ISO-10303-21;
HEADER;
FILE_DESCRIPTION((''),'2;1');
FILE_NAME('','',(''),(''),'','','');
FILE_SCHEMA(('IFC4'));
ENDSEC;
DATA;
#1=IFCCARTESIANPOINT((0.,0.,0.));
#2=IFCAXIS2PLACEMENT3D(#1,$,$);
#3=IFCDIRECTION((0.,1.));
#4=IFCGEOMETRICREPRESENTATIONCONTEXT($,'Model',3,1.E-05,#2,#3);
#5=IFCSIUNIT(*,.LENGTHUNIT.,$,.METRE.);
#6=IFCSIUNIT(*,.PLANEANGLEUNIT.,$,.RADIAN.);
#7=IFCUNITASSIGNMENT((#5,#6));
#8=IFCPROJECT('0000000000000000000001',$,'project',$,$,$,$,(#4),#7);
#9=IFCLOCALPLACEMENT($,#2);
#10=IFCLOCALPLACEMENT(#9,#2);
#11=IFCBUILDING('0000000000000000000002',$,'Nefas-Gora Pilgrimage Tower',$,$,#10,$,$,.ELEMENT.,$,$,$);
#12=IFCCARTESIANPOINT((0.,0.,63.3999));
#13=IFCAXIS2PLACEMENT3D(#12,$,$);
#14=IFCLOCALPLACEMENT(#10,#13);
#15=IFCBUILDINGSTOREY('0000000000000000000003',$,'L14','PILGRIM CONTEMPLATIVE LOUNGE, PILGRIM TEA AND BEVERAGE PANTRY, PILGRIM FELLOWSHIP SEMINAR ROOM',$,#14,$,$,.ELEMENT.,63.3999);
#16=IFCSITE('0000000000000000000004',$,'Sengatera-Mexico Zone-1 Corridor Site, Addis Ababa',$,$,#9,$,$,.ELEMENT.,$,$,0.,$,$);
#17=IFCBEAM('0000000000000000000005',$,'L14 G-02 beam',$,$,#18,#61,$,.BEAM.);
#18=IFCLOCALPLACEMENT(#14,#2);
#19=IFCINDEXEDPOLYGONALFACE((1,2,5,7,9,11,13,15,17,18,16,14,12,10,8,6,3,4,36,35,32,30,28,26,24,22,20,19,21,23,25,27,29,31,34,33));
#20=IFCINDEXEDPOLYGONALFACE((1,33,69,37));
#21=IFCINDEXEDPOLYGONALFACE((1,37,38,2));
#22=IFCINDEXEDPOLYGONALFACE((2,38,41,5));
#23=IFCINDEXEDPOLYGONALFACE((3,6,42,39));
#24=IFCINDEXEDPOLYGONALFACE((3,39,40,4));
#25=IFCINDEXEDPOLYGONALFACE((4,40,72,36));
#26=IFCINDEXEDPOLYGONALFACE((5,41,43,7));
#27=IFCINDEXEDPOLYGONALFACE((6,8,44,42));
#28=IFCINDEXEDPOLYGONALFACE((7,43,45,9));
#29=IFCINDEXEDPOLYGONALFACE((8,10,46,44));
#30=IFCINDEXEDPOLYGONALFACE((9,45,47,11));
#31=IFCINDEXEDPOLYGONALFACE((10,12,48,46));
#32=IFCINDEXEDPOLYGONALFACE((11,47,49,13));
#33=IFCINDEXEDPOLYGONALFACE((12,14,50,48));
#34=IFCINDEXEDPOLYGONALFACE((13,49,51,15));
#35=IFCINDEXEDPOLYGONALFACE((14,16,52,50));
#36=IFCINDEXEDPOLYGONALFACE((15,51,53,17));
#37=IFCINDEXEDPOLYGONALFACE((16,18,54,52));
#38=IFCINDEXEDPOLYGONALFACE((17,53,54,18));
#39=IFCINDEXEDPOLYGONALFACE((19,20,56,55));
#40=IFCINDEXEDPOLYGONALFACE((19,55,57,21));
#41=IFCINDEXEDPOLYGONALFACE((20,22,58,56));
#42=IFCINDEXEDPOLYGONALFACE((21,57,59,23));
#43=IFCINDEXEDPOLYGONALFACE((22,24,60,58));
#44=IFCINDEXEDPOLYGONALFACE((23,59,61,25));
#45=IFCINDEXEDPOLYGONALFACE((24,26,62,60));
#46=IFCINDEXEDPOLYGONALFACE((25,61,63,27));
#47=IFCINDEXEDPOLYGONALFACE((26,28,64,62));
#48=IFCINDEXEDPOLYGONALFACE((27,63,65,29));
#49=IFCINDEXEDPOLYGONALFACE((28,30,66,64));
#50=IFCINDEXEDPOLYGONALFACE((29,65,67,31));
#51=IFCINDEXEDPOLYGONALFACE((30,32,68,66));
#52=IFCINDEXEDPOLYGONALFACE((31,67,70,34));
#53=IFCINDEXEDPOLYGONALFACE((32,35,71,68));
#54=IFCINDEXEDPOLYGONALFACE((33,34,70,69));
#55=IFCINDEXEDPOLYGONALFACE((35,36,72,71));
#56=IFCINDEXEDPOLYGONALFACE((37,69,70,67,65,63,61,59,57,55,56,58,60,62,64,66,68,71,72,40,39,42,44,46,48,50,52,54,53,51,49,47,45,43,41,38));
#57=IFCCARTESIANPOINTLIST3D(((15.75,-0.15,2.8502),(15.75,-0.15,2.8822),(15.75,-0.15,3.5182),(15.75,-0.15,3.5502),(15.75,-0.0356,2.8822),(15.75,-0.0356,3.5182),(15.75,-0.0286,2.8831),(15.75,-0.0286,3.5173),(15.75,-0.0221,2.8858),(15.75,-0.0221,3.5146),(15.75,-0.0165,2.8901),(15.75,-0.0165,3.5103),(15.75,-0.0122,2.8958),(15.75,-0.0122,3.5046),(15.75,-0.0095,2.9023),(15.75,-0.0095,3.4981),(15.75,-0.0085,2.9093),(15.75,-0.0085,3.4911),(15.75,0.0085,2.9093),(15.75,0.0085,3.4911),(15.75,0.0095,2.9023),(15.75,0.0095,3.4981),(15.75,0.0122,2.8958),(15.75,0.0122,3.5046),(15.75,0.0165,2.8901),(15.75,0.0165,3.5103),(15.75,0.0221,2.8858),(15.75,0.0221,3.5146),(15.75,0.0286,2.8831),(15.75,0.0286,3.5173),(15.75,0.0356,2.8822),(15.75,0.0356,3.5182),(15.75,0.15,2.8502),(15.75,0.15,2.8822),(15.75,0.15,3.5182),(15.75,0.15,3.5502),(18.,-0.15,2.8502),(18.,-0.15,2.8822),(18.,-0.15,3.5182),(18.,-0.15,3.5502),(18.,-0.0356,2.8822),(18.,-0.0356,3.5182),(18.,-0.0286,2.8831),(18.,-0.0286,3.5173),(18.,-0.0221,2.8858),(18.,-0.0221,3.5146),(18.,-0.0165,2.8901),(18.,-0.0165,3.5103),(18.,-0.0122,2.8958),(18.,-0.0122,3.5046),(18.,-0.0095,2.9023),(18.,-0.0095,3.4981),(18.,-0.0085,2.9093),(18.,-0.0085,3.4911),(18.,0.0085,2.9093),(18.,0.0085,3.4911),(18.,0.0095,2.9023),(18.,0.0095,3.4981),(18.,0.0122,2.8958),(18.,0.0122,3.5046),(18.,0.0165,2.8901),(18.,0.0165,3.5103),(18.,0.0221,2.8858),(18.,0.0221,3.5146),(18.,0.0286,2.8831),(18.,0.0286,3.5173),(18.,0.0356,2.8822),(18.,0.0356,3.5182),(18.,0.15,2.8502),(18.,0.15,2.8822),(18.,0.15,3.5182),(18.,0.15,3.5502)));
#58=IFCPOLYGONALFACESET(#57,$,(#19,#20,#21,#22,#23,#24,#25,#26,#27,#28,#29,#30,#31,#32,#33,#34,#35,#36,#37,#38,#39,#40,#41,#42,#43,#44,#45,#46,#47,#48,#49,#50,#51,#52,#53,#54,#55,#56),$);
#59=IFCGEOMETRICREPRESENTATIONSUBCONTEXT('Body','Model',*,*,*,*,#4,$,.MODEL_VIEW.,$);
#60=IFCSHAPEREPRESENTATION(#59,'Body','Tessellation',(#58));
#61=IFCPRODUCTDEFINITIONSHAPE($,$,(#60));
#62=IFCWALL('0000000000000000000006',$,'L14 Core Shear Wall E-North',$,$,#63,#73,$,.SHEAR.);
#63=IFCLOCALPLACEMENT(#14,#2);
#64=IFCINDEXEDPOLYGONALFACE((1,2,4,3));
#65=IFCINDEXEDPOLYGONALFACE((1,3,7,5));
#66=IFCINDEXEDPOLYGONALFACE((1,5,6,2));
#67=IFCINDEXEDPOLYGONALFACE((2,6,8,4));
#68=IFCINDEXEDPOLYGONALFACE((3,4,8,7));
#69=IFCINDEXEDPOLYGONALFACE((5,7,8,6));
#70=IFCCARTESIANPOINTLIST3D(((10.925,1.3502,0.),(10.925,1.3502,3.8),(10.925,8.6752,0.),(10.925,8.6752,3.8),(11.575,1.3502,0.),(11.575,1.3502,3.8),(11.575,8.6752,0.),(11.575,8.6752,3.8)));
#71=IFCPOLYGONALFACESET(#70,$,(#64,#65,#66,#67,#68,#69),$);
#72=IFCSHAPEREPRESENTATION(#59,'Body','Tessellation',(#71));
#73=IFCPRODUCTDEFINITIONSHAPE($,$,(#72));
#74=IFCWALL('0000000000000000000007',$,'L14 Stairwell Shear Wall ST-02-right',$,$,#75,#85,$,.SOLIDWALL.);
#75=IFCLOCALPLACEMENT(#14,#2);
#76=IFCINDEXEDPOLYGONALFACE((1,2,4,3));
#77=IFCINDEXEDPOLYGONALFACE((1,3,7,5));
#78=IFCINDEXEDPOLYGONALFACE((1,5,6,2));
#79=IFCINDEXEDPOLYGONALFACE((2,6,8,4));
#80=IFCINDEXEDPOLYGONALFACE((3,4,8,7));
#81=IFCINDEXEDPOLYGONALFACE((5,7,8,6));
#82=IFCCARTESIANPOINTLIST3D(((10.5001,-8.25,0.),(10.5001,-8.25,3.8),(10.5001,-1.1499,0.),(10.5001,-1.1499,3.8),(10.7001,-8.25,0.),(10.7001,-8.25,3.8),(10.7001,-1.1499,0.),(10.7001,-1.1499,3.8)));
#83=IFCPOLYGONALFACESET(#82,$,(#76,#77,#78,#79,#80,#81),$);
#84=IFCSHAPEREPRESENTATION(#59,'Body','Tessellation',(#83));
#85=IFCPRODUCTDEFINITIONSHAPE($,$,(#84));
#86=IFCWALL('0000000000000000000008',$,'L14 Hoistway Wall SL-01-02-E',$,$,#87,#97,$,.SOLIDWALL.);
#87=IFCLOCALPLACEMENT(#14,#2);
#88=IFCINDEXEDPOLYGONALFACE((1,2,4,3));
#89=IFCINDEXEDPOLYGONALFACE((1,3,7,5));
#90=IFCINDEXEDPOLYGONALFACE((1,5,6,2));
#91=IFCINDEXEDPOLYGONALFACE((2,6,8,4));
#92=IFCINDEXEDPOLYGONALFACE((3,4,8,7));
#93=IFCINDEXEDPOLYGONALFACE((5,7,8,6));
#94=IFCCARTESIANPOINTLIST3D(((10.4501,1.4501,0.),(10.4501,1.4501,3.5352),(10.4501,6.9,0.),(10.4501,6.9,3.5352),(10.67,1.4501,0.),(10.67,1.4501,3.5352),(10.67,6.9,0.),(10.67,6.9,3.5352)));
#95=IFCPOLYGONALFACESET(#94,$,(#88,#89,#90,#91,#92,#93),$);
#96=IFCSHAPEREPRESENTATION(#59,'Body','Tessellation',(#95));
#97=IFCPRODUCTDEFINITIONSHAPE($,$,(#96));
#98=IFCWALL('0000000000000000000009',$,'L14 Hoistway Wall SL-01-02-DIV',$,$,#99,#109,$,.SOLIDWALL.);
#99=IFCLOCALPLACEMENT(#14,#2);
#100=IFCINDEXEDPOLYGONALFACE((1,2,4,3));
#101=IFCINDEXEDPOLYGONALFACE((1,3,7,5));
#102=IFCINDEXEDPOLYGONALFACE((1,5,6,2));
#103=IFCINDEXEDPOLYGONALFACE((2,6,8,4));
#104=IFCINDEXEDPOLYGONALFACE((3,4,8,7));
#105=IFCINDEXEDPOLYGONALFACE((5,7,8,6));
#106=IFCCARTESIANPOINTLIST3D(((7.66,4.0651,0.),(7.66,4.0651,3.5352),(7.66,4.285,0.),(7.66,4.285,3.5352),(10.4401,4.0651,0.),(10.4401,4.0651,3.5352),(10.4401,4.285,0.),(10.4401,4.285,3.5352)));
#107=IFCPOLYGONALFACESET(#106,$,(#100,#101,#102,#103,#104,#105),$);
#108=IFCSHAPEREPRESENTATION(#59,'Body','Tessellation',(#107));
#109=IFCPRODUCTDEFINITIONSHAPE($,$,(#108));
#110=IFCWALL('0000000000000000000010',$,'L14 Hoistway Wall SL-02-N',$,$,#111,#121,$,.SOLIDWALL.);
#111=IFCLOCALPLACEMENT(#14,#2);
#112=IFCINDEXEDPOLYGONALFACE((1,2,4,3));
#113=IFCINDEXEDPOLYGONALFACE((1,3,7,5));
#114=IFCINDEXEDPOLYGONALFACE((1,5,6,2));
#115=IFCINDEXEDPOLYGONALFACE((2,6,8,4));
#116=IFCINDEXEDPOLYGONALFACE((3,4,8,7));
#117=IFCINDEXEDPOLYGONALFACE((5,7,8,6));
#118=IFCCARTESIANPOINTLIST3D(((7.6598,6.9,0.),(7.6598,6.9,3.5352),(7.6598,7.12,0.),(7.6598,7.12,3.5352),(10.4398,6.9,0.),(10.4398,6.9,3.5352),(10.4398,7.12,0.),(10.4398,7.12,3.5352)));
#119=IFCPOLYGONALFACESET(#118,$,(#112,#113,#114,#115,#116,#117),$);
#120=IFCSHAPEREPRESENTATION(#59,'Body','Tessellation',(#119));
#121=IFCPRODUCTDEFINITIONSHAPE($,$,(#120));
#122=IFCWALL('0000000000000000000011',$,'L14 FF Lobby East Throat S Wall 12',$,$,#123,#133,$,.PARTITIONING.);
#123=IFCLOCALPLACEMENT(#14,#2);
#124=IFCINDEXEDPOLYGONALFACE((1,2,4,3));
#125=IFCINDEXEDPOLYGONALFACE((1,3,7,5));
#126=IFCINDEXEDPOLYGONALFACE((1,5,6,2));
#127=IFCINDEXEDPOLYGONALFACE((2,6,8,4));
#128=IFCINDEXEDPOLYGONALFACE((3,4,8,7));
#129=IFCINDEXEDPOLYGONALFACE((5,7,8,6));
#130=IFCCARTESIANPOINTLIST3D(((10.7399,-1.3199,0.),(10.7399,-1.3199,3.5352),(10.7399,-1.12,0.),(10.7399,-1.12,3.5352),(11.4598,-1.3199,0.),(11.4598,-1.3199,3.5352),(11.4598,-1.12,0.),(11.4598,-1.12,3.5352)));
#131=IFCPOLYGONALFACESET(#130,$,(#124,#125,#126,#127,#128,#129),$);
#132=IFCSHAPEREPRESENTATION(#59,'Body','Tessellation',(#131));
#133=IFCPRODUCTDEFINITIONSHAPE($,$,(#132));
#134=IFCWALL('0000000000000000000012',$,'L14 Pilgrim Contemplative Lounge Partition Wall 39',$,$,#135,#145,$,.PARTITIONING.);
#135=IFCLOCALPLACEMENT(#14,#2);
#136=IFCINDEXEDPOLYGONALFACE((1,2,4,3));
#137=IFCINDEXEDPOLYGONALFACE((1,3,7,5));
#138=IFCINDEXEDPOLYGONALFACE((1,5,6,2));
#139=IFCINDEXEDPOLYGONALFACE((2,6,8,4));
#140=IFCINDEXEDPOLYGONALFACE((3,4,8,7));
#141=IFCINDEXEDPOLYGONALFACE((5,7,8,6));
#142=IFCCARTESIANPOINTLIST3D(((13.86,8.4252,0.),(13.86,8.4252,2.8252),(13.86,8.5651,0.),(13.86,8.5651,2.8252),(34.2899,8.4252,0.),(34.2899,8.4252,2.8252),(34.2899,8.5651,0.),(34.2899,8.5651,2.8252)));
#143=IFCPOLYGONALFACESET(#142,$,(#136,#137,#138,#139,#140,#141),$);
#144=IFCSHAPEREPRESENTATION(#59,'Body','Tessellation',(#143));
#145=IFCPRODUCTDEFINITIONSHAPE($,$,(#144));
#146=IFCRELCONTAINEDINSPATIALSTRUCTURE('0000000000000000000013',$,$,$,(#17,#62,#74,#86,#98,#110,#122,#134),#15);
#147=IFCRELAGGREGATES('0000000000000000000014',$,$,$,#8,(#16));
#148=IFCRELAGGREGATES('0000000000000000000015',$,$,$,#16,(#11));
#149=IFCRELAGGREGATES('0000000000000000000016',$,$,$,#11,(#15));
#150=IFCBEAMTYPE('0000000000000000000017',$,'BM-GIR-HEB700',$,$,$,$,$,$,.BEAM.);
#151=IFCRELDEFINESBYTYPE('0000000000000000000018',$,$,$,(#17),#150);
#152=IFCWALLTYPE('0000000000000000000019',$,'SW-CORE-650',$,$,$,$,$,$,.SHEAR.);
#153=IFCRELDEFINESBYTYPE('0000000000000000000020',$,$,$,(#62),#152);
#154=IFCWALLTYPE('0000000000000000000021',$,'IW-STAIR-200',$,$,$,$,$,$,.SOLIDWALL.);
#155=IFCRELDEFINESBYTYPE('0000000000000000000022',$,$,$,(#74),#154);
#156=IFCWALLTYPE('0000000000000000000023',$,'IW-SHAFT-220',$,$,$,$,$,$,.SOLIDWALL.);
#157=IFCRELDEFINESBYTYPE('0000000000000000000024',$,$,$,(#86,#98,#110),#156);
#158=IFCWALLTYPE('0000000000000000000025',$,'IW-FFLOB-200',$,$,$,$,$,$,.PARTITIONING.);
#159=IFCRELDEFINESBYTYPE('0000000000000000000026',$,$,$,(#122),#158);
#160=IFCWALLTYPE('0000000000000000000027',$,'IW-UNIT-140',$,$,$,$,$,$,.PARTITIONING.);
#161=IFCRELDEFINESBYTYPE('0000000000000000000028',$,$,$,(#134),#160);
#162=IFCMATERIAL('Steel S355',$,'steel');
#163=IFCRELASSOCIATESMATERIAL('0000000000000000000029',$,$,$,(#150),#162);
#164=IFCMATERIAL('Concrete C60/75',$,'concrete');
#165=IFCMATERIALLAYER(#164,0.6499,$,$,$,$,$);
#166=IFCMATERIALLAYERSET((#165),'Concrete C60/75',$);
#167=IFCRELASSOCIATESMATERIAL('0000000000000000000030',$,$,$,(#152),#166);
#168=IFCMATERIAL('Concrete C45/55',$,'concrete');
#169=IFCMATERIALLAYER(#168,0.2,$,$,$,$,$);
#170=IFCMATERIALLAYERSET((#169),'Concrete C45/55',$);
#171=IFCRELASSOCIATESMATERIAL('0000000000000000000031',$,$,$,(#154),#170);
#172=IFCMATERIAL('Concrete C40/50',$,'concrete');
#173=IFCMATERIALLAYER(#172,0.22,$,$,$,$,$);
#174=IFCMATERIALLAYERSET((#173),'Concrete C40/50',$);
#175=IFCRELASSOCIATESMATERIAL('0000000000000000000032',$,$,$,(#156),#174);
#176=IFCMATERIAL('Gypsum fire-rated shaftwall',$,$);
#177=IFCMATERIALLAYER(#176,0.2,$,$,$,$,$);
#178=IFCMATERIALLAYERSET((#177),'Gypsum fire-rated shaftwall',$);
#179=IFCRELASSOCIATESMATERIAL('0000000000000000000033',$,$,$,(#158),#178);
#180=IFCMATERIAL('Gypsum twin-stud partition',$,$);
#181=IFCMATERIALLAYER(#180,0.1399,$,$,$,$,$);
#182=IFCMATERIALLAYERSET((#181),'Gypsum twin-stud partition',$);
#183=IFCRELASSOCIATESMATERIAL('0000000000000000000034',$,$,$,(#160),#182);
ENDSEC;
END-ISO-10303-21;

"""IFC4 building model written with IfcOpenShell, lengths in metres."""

from ifc_helpers import new_model, si_unit, direction, frame, frame_2d, origin, origin_2d, place, context, subcontext, project, spatial, rectangle, i_section, extrude, source, transform, mapped, material, layer, layer_set, material_profile, profile_set, type_object, element, save


model = new_model("IFC4")

# Units and contexts
model_context = context("Model", 3, precision=1e-05, world=origin(), true_north=direction((0.0, 1.0)))
body_context = subcontext(model_context, "Body", "Model", "MODEL_VIEW")
ifc_project = project(units=[si_unit("LENGTHUNIT", "METRE"), si_unit("PLANEANGLEUNIT", "RADIAN")], contexts=[model_context])

# Site, building, storey
site_placement = place(None, origin())
site = spatial("IfcSite", under=ifc_project, at=site_placement, Name="Sengatera-Mexico Zone-1 Corridor Site, Addis Ababa", CompositionType="ELEMENT", RefElevation=0.0)
building_placement = place(site_placement, origin())
building = spatial("IfcBuilding", under=site, at=building_placement, Name="Nefas-Gora Pilgrimage Tower", CompositionType="ELEMENT")
storey_placement = place(building_placement, frame((0.0, 0.0, 63.3999)))
storey = spatial("IfcBuildingStorey", under=building, at=storey_placement, Name="L14", Description="PILGRIM CONTEMPLATIVE LOUNGE, PILGRIM TEA AND BEVERAGE PANTRY, PILGRIM FELLOWSHIP SEMINAR ROOM", CompositionType="ELEMENT", Elevation=63.3999)

# Beam
ifc_material_1 = material(Name="Steel S355", Category="steel")
ifc_material_profile_1 = material_profile(ifc_material_1, i_section(OverallWidth=0.3, OverallDepth=0.7, WebThickness=0.0171, FlangeThickness=0.032, FilletRadius=0.0271, at=origin_2d()), Name="HEB 700")
ifc_profile_set_1 = profile_set([ifc_material_profile_1], Name="Steel S355")
beam_type = type_object("IfcBeamType", Name="BM-GIR-HEB700", PredefinedType="BEAM", material=ifc_profile_set_1)
shared_shape_1 = source(origin(), body_context, "Body", "SweptSolid", [
    extrude(i_section(OverallWidth=0.3, OverallDepth=0.7, WebThickness=0.0171, FlangeThickness=0.032, FilletRadius=0.0271, at=origin_2d()), origin(), (0.0, 0.0, 1.0), 2.25),
])
beam_placement = place(storey_placement, frame((15.75, 0.0, 3.2002), z_axis=(1.0, 0.0, 0.0), x_axis=(0.0, 1.0, 0.0)))
element("IfcBeam", 1, at=beam_placement, inside=storey, type_object=beam_type, Name="L14 G-02 beam", PredefinedType="BEAM", context=body_context, shape_type="MappedRepresentation", body=[
    mapped(shared_shape_1, transform((0.0, 0.0, 0.0), x_axis=(1.0, 0.0, 0.0), y_axis=(0.0, 1.0, 0.0), z_axis=(0.0, 0.0, 1.0), scale=1.0)),
])

# Walls
ifc_material_2 = material(Name="Concrete C60/75", Category="concrete")
ifc_layer_1 = layer(ifc_material_2, 0.6499)
ifc_layer_set_1 = layer_set([ifc_layer_1], Name="Concrete C60/75")
wall_type_1 = type_object("IfcWallType", Name="SW-CORE-650", PredefinedType="SHEAR", material=ifc_layer_set_1)
shared_shape_2 = source(origin(), body_context, "Body", "SweptSolid", [
    extrude(rectangle(XDim=7.325, YDim=0.6499, at=frame_2d((3.6626, 0.0))), origin(), (0.0, 0.0, 1.0), 3.8),
])
wall_1_placement = place(storey_placement, frame((11.25, 1.3501, 0.0), z_axis=(0.0, 0.0, 1.0), x_axis=(0.0, 1.0, 0.0)))
element("IfcWall", 2, at=wall_1_placement, inside=storey, type_object=wall_type_1, Name="L14 Core Shear Wall E-North", PredefinedType="SHEAR", context=body_context, shape_type="MappedRepresentation", body=[
    mapped(shared_shape_2, transform((0.0, 0.0, 0.0), x_axis=(1.0, 0.0, 0.0), y_axis=(0.0, 1.0, 0.0), z_axis=(0.0, 0.0, 1.0), scale=1.0)),
])
ifc_material_3 = material(Name="Concrete C45/55", Category="concrete")
ifc_layer_2 = layer(ifc_material_3, 0.2)
ifc_layer_set_2 = layer_set([ifc_layer_2], Name="Concrete C45/55")
wall_type_2 = type_object("IfcWallType", Name="IW-STAIR-200", PredefinedType="SOLIDWALL", material=ifc_layer_set_2)
shared_shape_3 = source(origin(), body_context, "Body", "SweptSolid", [
    extrude(rectangle(XDim=7.1001, YDim=0.2, at=frame_2d((3.55, 0.0))), origin(), (0.0, 0.0, 1.0), 3.8),
])
wall_2_placement = place(storey_placement, frame((10.6001, -1.1499, 0.0), z_axis=(0.0, 0.0, 1.0), x_axis=(0.0, -1.0, 0.0)))
element("IfcWall", 3, at=wall_2_placement, inside=storey, type_object=wall_type_2, Name="L14 Stairwell Shear Wall ST-02-right", PredefinedType="SOLIDWALL", context=body_context, shape_type="MappedRepresentation", body=[
    mapped(shared_shape_3, transform((0.0, 0.0, 0.0), x_axis=(1.0, 0.0, 0.0), y_axis=(0.0, 1.0, 0.0), z_axis=(0.0, 0.0, 1.0), scale=1.0)),
])
ifc_material_4 = material(Name="Concrete C40/50", Category="concrete")
ifc_layer_3 = layer(ifc_material_4, 0.22)
ifc_layer_set_3 = layer_set([ifc_layer_3], Name="Concrete C40/50")
wall_type_3 = type_object("IfcWallType", Name="IW-SHAFT-220", PredefinedType="SOLIDWALL", material=ifc_layer_set_3)
shared_shape_4 = source(origin(), body_context, "Body", "SweptSolid", [
    extrude(rectangle(XDim=5.45, YDim=0.22, at=frame_2d((2.7251, 0.0))), origin(), (0.0, 0.0, 1.0), 3.5352),
])
wall_3_placement = place(storey_placement, frame((10.5601, 1.45, 0.0), z_axis=(0.0, 0.0, 1.0), x_axis=(0.0, 1.0, 0.0)))
element("IfcWall", 4, at=wall_3_placement, inside=storey, type_object=wall_type_3, Name="L14 Hoistway Wall SL-01-02-E", PredefinedType="SOLIDWALL", context=body_context, shape_type="MappedRepresentation", body=[
    mapped(shared_shape_4, transform((0.0, 0.0, 0.0), x_axis=(1.0, 0.0, 0.0), y_axis=(0.0, 1.0, 0.0), z_axis=(0.0, 0.0, 1.0), scale=1.0)),
])
shared_shape_5 = source(origin(), body_context, "Body", "SweptSolid", [
    extrude(rectangle(XDim=2.78, YDim=0.22, at=frame_2d((1.3901, 0.0))), origin(), (0.0, 0.0, 1.0), 3.5352),
])
for number, where, z_axis, x_axis, name in (
    (5, (7.6599, 4.175, 0.0), (0.0, 0.0, 1.0), (1.0, 0.0, 0.0), "L14 Hoistway Wall SL-01-02-DIV"),
    (6, (10.4399, 7.01, 0.0), (0.0, 0.0, 1.0), (-1.0, 0.0, 0.0), "L14 Hoistway Wall SL-02-N"),
):
    element("IfcWall", number, at=place(storey_placement, frame(where, z_axis=z_axis, x_axis=x_axis)), inside=storey, type_object=wall_type_3, Name=name, PredefinedType="SOLIDWALL", context=body_context, shape_type="MappedRepresentation", body=[
        mapped(shared_shape_5, transform((0.0, 0.0, 0.0), x_axis=(1.0, 0.0, 0.0), y_axis=(0.0, 1.0, 0.0), z_axis=(0.0, 0.0, 1.0), scale=1.0)),
    ])
ifc_material_5 = material(Name="Gypsum fire-rated shaftwall")
ifc_layer_4 = layer(ifc_material_5, 0.2)
ifc_layer_set_4 = layer_set([ifc_layer_4], Name="Gypsum fire-rated shaftwall")
wall_type_4 = type_object("IfcWallType", Name="IW-FFLOB-200", PredefinedType="PARTITIONING", material=ifc_layer_set_4)
shared_shape_6 = source(origin(), body_context, "Body", "SweptSolid", [
    extrude(rectangle(XDim=0.72, YDim=0.2, at=frame_2d((0.3599, 0.0))), origin(), (0.0, 0.0, 1.0), 3.5352),
])
wall_4_placement = place(storey_placement, frame((10.74, -1.22, 0.0), z_axis=(0.0, 0.0, 1.0), x_axis=(1.0, 0.0, 0.0)))
element("IfcWall", 7, at=wall_4_placement, inside=storey, type_object=wall_type_4, Name="L14 FF Lobby East Throat S Wall 12", PredefinedType="PARTITIONING", context=body_context, shape_type="MappedRepresentation", body=[
    mapped(shared_shape_6, transform((0.0, 0.0, 0.0), x_axis=(1.0, 0.0, 0.0), y_axis=(0.0, 1.0, 0.0), z_axis=(0.0, 0.0, 1.0), scale=1.0)),
])
ifc_material_6 = material(Name="Gypsum twin-stud partition")
ifc_layer_5 = layer(ifc_material_6, 0.1399)
ifc_layer_set_5 = layer_set([ifc_layer_5], Name="Gypsum twin-stud partition")
wall_type_5 = type_object("IfcWallType", Name="IW-UNIT-140", PredefinedType="PARTITIONING", material=ifc_layer_set_5)
shared_shape_7 = source(origin(), body_context, "Body", "SweptSolid", [
    extrude(rectangle(XDim=20.4299, YDim=0.1399, at=frame_2d((10.2148, 0.0))), origin(), (0.0, 0.0, 1.0), 2.8252),
])
wall_5_placement = place(storey_placement, frame((13.8601, 8.4951, 0.0), z_axis=(0.0, 0.0, 1.0), x_axis=(1.0, 0.0, 0.0)))
element("IfcWall", 8, at=wall_5_placement, inside=storey, type_object=wall_type_5, Name="L14 Pilgrim Contemplative Lounge Partition Wall 39", PredefinedType="PARTITIONING", context=body_context, shape_type="MappedRepresentation", body=[
    mapped(shared_shape_7, transform((0.0, 0.0, 0.0), x_axis=(1.0, 0.0, 0.0), y_axis=(0.0, 1.0, 0.0), z_axis=(0.0, 0.0, 1.0), scale=1.0)),
])

save(model, "model.ifc")
